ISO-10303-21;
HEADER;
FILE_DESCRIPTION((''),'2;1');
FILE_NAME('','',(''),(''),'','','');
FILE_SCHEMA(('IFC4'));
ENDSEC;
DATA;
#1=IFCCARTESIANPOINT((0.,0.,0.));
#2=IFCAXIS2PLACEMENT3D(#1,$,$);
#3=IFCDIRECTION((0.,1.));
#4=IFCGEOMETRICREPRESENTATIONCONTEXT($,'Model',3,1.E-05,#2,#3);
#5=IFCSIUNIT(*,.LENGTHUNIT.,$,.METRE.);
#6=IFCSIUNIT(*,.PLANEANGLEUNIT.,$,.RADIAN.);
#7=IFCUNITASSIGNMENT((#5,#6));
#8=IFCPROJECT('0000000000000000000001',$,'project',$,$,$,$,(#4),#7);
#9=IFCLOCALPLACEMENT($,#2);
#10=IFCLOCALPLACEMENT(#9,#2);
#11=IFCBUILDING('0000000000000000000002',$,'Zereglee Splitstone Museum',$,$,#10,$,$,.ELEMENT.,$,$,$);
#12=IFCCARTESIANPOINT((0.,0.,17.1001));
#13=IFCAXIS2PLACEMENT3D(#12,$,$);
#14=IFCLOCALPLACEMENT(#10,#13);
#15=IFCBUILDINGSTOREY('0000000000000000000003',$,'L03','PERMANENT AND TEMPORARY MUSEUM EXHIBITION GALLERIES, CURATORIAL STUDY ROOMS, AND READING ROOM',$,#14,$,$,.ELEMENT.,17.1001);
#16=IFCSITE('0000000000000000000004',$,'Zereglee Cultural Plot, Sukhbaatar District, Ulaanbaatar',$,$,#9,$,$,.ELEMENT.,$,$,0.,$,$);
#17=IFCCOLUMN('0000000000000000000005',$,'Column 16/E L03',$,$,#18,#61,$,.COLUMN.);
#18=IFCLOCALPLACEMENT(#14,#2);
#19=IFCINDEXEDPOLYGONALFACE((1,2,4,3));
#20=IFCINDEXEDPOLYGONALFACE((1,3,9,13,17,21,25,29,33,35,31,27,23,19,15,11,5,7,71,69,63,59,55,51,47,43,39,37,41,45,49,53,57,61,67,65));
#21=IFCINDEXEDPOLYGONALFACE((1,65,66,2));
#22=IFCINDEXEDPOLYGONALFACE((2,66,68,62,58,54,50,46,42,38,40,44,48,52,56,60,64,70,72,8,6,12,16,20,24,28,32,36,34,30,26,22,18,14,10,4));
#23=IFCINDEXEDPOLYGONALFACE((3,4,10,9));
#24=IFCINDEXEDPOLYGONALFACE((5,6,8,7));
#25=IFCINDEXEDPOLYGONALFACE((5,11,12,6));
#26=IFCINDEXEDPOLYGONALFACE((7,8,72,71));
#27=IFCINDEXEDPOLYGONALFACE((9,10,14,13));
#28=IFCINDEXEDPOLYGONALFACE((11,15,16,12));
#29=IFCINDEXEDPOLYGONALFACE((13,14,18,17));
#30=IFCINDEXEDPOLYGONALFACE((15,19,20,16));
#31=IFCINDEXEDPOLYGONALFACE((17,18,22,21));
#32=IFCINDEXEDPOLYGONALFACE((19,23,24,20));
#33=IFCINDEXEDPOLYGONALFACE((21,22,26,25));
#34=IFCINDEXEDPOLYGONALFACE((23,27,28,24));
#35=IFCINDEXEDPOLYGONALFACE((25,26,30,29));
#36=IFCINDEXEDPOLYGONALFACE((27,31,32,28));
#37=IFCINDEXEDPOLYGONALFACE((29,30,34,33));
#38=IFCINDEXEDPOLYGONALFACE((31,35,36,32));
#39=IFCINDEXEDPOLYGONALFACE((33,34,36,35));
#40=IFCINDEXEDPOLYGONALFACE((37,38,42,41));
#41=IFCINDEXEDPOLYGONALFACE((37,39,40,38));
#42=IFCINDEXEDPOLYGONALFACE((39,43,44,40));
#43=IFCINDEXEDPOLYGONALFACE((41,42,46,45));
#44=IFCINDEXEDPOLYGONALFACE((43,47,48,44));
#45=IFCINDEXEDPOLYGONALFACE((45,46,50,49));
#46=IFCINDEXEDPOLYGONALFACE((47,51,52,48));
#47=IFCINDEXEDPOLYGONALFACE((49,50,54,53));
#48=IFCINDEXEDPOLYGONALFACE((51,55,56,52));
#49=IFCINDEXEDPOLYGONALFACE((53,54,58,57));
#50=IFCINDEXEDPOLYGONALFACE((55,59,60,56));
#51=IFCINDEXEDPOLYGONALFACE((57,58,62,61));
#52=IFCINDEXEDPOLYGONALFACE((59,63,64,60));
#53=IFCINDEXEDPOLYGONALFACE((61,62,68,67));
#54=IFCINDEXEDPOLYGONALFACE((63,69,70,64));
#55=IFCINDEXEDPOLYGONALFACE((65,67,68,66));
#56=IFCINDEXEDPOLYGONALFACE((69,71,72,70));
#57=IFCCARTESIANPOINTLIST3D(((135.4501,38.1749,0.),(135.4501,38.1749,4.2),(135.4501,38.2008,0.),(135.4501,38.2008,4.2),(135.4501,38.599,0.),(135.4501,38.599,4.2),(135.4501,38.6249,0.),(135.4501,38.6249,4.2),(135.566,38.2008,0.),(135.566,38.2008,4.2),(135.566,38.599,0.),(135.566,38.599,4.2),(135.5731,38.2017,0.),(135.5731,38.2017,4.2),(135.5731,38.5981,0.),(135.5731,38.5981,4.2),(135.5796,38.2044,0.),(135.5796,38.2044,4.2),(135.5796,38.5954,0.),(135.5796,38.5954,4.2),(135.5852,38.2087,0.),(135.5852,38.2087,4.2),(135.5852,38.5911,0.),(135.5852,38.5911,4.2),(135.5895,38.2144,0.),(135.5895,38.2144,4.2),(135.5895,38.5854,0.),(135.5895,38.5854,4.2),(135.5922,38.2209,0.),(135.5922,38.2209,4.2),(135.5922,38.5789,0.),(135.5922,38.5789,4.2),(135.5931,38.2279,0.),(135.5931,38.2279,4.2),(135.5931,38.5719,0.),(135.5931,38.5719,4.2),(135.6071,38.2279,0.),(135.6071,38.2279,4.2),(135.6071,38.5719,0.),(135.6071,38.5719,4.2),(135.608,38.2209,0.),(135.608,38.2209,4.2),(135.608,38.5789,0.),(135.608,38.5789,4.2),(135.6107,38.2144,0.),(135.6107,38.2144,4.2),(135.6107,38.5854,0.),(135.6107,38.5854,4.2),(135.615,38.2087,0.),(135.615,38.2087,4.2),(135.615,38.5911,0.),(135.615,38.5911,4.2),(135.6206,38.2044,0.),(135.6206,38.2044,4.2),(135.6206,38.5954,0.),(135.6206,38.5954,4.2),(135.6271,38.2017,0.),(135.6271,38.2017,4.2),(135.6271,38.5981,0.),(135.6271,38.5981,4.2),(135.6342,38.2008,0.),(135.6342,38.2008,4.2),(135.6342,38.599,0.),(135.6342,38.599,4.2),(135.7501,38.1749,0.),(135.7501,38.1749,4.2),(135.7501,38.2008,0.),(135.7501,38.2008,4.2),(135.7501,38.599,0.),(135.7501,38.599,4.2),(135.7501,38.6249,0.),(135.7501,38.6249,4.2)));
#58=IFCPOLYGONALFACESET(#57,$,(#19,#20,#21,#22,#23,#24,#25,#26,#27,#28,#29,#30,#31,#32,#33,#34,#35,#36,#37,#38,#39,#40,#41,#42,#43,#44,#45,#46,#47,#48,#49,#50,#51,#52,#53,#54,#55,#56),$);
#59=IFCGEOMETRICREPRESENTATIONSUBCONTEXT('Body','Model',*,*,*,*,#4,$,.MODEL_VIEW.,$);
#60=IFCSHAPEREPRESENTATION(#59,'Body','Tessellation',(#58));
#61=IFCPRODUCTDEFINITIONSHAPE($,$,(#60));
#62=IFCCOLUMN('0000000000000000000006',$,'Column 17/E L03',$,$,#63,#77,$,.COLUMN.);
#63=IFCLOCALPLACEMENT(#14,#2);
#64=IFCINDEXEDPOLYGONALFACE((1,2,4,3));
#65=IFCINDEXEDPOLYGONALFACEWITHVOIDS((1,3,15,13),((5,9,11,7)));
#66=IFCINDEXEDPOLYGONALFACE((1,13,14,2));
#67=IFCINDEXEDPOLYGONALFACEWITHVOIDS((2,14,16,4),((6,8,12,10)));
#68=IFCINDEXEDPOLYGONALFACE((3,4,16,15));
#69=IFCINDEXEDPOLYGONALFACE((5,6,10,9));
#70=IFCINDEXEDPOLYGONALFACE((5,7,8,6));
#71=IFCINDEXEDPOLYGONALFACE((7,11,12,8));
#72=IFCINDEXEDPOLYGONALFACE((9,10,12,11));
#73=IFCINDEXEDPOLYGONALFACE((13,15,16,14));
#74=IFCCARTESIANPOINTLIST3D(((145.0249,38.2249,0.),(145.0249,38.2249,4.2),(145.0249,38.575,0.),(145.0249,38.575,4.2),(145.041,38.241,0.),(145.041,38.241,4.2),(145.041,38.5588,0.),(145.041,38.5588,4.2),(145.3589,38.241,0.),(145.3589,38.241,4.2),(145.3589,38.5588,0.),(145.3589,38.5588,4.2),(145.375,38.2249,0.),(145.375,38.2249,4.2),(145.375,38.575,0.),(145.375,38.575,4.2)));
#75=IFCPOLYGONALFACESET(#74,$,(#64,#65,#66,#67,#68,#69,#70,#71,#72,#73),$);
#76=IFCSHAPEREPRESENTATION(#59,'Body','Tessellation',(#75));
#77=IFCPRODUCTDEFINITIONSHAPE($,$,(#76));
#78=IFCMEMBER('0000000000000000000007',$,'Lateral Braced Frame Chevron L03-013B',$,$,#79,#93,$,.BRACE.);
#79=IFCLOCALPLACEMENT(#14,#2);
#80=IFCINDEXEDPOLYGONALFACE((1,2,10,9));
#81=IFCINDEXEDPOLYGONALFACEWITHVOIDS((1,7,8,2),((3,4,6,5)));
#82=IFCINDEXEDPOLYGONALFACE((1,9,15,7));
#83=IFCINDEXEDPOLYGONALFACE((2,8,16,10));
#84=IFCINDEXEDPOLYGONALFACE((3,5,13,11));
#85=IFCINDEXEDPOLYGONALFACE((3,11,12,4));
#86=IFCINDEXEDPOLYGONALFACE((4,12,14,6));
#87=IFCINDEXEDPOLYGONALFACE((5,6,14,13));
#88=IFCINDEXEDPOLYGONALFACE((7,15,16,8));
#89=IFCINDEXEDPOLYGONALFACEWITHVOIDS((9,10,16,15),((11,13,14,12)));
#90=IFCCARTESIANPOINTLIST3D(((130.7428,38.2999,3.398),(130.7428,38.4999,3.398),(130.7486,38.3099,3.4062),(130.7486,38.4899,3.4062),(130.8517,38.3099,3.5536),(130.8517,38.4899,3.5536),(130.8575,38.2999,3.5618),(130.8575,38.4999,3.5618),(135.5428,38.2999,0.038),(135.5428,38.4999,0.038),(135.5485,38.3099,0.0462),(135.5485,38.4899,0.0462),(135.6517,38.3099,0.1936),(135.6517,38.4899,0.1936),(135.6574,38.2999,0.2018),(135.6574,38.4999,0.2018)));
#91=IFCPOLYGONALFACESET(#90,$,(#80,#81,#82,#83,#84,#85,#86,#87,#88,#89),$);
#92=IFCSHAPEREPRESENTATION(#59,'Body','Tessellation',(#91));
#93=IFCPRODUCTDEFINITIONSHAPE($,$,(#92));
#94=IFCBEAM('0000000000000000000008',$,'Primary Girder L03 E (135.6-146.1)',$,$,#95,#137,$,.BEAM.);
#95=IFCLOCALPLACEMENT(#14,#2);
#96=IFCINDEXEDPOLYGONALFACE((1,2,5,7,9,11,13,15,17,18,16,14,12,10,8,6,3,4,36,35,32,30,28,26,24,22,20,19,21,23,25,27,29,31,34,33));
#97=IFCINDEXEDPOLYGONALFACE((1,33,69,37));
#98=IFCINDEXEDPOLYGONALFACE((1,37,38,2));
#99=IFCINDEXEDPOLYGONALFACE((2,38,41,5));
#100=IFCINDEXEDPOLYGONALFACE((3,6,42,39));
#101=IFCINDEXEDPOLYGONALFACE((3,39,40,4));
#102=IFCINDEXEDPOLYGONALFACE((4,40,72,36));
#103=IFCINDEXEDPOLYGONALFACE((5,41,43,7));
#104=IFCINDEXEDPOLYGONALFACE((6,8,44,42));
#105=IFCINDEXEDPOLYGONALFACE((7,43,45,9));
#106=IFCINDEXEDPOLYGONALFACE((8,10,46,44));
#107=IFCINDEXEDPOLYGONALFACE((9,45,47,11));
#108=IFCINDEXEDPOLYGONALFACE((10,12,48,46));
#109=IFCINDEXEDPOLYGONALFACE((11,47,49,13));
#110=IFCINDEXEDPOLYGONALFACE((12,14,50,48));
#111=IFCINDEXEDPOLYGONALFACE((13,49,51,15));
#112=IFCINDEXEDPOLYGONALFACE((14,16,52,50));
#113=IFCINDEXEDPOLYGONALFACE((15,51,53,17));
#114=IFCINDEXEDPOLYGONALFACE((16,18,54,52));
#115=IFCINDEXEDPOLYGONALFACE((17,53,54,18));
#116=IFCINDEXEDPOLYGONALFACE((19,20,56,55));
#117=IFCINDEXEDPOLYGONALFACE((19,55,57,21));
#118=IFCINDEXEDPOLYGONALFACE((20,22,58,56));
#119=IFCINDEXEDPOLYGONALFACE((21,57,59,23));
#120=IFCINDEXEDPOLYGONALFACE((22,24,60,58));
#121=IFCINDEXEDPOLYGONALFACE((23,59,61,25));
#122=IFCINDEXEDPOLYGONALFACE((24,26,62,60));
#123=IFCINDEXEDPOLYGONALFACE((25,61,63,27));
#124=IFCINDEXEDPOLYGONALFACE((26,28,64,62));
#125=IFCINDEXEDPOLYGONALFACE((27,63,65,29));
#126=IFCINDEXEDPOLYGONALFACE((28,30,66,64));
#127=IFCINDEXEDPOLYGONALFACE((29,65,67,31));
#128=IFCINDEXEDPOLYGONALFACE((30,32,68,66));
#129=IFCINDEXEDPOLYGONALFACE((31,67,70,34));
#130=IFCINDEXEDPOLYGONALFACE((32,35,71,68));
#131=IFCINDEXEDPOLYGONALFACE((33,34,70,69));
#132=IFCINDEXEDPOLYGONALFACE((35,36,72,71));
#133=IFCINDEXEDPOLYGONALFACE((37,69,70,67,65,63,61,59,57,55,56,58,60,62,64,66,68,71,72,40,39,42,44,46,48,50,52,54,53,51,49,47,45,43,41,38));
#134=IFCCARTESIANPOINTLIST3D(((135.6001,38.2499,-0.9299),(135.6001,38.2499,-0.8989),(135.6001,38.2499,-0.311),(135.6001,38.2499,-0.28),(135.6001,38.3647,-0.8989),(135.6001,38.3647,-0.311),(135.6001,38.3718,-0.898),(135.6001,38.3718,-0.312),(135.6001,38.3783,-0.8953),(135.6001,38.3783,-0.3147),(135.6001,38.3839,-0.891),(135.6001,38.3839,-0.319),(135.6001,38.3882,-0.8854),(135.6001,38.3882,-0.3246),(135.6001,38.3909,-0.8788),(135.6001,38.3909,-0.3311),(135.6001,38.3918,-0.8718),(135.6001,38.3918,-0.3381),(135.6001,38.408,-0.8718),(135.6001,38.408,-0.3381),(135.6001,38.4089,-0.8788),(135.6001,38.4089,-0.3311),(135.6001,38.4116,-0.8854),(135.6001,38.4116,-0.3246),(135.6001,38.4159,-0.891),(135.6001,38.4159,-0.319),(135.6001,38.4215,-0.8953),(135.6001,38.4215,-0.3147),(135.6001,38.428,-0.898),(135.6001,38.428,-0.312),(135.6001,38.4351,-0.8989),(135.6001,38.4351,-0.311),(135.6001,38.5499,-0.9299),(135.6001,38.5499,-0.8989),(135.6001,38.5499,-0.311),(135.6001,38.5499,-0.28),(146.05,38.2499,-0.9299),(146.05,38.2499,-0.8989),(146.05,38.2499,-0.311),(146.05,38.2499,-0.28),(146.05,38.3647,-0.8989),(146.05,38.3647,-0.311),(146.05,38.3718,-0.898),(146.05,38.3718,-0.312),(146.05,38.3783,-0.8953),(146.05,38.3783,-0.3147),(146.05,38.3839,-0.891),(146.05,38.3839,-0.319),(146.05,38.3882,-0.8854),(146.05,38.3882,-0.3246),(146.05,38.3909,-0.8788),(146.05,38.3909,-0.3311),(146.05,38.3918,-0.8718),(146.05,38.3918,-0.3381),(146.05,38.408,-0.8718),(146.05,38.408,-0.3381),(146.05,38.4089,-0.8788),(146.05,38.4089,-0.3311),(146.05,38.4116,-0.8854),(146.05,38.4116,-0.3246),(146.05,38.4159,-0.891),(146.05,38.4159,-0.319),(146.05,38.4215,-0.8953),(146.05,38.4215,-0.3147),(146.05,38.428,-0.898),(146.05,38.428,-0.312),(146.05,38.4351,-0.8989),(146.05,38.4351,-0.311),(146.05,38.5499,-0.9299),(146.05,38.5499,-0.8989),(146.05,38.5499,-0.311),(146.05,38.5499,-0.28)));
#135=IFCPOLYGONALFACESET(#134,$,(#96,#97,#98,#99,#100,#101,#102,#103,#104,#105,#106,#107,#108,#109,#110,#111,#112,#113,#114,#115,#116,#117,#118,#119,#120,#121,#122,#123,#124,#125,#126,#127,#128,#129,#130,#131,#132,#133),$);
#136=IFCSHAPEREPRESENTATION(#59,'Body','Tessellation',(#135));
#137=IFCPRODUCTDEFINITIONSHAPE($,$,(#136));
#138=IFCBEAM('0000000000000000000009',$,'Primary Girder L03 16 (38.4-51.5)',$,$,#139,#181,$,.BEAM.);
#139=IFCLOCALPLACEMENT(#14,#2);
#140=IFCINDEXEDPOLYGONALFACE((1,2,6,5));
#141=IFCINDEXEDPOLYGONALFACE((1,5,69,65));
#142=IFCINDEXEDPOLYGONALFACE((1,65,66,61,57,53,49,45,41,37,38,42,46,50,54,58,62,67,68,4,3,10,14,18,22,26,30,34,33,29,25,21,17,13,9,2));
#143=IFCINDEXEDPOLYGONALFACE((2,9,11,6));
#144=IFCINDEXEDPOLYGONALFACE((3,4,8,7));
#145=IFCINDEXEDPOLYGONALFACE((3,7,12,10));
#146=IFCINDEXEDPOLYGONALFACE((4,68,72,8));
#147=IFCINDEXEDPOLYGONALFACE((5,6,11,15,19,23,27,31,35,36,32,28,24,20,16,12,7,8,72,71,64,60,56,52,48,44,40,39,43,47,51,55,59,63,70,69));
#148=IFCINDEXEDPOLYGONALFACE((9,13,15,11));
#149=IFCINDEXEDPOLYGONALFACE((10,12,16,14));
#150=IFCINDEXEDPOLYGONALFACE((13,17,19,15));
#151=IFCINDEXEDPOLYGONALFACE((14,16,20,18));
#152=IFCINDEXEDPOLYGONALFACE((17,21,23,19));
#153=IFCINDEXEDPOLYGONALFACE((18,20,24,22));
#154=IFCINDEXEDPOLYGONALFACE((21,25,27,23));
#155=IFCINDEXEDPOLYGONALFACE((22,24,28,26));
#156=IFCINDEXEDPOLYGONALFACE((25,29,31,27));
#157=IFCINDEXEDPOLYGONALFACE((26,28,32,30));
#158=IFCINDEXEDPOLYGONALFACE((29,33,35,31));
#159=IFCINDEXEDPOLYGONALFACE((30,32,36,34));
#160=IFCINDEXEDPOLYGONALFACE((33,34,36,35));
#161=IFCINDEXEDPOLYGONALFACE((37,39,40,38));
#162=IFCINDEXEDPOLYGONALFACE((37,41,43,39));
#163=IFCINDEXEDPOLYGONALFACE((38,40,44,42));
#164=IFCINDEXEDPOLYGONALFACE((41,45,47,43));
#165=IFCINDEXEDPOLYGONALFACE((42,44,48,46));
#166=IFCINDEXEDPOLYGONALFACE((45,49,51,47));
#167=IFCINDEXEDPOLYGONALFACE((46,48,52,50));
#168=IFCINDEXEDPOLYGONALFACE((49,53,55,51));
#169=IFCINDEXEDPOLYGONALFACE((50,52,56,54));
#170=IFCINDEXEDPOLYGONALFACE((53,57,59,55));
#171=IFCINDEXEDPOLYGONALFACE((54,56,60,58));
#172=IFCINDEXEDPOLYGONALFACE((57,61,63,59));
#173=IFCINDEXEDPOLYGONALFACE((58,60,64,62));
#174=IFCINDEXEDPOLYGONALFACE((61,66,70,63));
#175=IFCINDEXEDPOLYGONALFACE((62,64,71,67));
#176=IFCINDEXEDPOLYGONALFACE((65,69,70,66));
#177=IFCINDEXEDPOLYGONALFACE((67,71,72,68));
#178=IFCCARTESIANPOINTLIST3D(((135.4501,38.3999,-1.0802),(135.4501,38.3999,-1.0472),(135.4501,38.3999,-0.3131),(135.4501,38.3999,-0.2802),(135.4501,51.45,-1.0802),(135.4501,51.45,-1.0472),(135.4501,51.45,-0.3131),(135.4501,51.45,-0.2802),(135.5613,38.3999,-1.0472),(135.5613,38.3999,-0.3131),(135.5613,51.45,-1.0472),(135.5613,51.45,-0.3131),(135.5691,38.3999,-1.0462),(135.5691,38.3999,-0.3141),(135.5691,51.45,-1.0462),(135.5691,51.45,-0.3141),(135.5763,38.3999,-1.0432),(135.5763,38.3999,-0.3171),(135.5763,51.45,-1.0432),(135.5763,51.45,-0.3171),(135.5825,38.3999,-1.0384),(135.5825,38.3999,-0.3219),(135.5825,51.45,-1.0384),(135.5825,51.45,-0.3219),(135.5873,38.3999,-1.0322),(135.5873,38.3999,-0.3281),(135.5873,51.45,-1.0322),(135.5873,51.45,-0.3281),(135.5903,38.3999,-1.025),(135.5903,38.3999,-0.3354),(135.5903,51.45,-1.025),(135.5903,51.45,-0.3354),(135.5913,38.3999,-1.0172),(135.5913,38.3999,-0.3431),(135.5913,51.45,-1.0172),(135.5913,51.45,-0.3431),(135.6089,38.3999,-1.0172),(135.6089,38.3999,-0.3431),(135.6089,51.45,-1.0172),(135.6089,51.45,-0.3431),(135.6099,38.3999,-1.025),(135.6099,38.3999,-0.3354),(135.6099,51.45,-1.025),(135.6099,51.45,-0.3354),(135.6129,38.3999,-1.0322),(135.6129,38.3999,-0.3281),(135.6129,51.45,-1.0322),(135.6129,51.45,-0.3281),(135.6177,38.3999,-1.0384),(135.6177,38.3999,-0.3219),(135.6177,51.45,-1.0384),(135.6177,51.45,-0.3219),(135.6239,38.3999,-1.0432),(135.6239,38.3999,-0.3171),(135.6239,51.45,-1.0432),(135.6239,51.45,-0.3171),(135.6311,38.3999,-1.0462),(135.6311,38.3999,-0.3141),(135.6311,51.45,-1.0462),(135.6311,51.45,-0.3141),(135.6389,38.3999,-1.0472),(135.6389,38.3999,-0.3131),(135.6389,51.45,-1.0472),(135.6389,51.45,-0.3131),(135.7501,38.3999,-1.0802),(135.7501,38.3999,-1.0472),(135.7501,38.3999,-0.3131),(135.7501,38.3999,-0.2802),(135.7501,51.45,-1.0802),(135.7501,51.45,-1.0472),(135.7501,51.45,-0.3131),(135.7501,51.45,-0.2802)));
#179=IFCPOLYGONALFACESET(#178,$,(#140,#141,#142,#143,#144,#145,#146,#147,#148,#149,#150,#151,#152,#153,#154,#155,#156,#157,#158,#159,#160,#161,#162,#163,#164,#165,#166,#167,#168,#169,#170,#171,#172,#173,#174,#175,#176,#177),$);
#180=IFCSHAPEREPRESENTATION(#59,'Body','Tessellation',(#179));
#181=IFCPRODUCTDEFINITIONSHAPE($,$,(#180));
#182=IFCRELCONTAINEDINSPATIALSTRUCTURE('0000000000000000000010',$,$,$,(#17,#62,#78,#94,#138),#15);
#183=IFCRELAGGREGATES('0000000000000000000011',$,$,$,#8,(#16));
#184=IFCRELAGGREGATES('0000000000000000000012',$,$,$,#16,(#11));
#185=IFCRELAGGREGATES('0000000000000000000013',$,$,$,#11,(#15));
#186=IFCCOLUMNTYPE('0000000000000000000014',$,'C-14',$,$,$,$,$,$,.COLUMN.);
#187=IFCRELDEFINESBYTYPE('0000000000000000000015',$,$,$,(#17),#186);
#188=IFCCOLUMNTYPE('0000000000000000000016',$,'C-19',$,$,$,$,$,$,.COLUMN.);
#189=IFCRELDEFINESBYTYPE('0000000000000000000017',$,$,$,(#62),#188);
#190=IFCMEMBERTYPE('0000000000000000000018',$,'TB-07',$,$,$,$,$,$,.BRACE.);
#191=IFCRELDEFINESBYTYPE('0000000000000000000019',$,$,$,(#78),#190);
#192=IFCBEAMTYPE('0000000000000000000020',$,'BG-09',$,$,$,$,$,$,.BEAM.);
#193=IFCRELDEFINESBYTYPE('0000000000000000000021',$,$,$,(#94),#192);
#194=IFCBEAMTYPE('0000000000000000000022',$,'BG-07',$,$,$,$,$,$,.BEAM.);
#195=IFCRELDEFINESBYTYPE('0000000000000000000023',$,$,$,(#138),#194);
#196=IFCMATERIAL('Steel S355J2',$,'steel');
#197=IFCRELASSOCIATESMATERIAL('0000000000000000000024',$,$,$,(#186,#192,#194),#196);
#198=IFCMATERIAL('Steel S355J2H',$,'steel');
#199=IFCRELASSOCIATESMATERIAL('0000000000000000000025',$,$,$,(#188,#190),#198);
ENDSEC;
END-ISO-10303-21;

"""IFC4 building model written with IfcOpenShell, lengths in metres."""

from ifc_helpers import new_model, si_unit, direction, frame, origin, origin_2d, place, context, subcontext, project, spatial, hollow_rectangle, i_section, extrude, material, material_profile, profile_set, type_object, element, save


model = new_model("IFC4")

# Units and contexts
model_context = context("Model", 3, precision=1e-05, world=origin(), true_north=direction((0.0, 1.0)))
body_context = subcontext(model_context, "Body", "Model", "MODEL_VIEW")
ifc_project = project(units=[si_unit("LENGTHUNIT", "METRE"), si_unit("PLANEANGLEUNIT", "RADIAN")], contexts=[model_context])

# Site, building, storey
site_placement = place(None, origin())
site = spatial("IfcSite", under=ifc_project, at=site_placement, Name="Zereglee Cultural Plot, Sukhbaatar District, Ulaanbaatar", CompositionType="ELEMENT", RefElevation=0.0)
building_placement = place(site_placement, origin())
building = spatial("IfcBuilding", under=site, at=building_placement, Name="Zereglee Splitstone Museum", CompositionType="ELEMENT")
storey_placement = place(building_placement, frame((0.0, 0.0, 17.1001)))
storey = spatial("IfcBuildingStorey", under=building, at=storey_placement, Name="L03", Description="PERMANENT AND TEMPORARY MUSEUM EXHIBITION GALLERIES, CURATORIAL STUDY ROOMS, AND READING ROOM", CompositionType="ELEMENT", Elevation=17.1001)

# Columns
ifc_material_1 = material(Name="Steel S355J2", Category="steel")
ifc_material_profile_1 = material_profile(ifc_material_1, i_section(OverallWidth=0.3, OverallDepth=0.45, WebThickness=0.0139, FlangeThickness=0.0259, FilletRadius=0.0271, at=origin_2d()), Name="HE 450 B")
ifc_profile_set_1 = profile_set([ifc_material_profile_1], Name="Steel S355J2")
column_type_1 = type_object("IfcColumnType", Name="C-14", PredefinedType="COLUMN", material=ifc_profile_set_1)
column_1_placement = place(storey_placement, frame((135.6001, 38.3999, 0.0), z_axis=(0.0, 0.0, 1.0), x_axis=(1.0, 0.0, 0.0)))
element("IfcColumn", 1, at=column_1_placement, inside=storey, type_object=column_type_1, Name="Column 16/E L03", PredefinedType="COLUMN", context=body_context, shape_type="SweptSolid", body=[
    extrude(i_section(OverallWidth=0.3, OverallDepth=0.45, WebThickness=0.0139, FlangeThickness=0.0259, FilletRadius=0.0271, at=origin_2d()), origin(), (0.0, 0.0, 1.0), 4.2),
])
ifc_material_2 = material(Name="Steel S355J2H", Category="steel")
ifc_material_profile_2 = material_profile(ifc_material_2, hollow_rectangle(XDim=0.3501, YDim=0.3501, WallThickness=0.0161, at=origin_2d()), Name="SHS 350x350x16")
ifc_profile_set_2 = profile_set([ifc_material_profile_2], Name="Steel S355J2H")
column_type_2 = type_object("IfcColumnType", Name="C-19", PredefinedType="COLUMN", material=ifc_profile_set_2)
column_2_placement = place(storey_placement, frame((145.2, 38.3999, 0.0), z_axis=(0.0, 0.0, 1.0), x_axis=(1.0, 0.0, 0.0)))
element("IfcColumn", 2, at=column_2_placement, inside=storey, type_object=column_type_2, Name="Column 17/E L03", PredefinedType="COLUMN", context=body_context, shape_type="SweptSolid", body=[
    extrude(hollow_rectangle(XDim=0.3501, YDim=0.3501, WallThickness=0.0161, at=origin_2d()), origin(), (0.0, 0.0, 1.0), 4.2),
])

# Member
ifc_material_profile_3 = material_profile(ifc_material_2, hollow_rectangle(XDim=0.2, YDim=0.2, WallThickness=0.01, at=origin_2d()), Name="SHS 200x200x10")
ifc_profile_set_3 = profile_set([ifc_material_profile_3], Name="Steel S355J2H")
member_type = type_object("IfcMemberType", Name="TB-07", PredefinedType="BRACE", material=ifc_profile_set_3)
member_placement = place(storey_placement, frame((135.6001, 38.3999, 0.1199), z_axis=(-0.819226, 0.0, 0.573471), x_axis=(0.0, -1.0, 0.0)))
element("IfcMember", 3, at=member_placement, inside=storey, type_object=member_type, Name="Lateral Braced Frame Chevron L03-013B", PredefinedType="BRACE", context=body_context, shape_type="SweptSolid", body=[
    extrude(hollow_rectangle(XDim=0.2, YDim=0.2, WallThickness=0.01, at=origin_2d()), origin(), (0.0, 0.0, 1.0), 5.8591),
])

# Beams
ifc_material_profile_4 = material_profile(ifc_material_1, i_section(OverallWidth=0.3, OverallDepth=0.6499, WebThickness=0.0161, FlangeThickness=0.031, FilletRadius=0.0271, at=origin_2d()), Name="HE 650 B")
ifc_profile_set_4 = profile_set([ifc_material_profile_4], Name="Steel S355J2")
beam_type_1 = type_object("IfcBeamType", Name="BG-09", PredefinedType="BEAM", material=ifc_profile_set_4)
beam_1_placement = place(storey_placement, frame((135.6001, 38.3999, -0.605), z_axis=(1.0, 0.0, 0.0), x_axis=(0.0, 1.0, 0.0)))
element("IfcBeam", 4, at=beam_1_placement, inside=storey, type_object=beam_type_1, Name="Primary Girder L03 E (135.6-146.1)", PredefinedType="BEAM", context=body_context, shape_type="SweptSolid", body=[
    extrude(i_section(OverallWidth=0.3, OverallDepth=0.6499, WebThickness=0.0161, FlangeThickness=0.031, FilletRadius=0.0271, at=origin_2d()), origin(), (0.0, 0.0, 1.0), 10.45),
])
ifc_material_profile_5 = material_profile(ifc_material_1, i_section(OverallWidth=0.3, OverallDepth=0.8, WebThickness=0.0176, FlangeThickness=0.033, FilletRadius=0.03, at=origin_2d()), Name="HE 800 B")
ifc_profile_set_5 = profile_set([ifc_material_profile_5], Name="Steel S355J2")
beam_type_2 = type_object("IfcBeamType", Name="BG-07", PredefinedType="BEAM", material=ifc_profile_set_5)
for number, where, z_axis, x_axis, name in (
    (5, (135.6001, 38.3999, -0.6802), (0.0, 1.0, 0.0), (-1.0, 0.0, 0.0), "Primary Girder L03 16 (38.4-51.5)"),
):
    element("IfcBeam", number, at=place(storey_placement, frame(where, z_axis=z_axis, x_axis=x_axis)), inside=storey, type_object=beam_type_2, Name=name, PredefinedType="BEAM", context=body_context, shape_type="SweptSolid", body=[
        extrude(i_section(OverallWidth=0.3, OverallDepth=0.8, WebThickness=0.0176, FlangeThickness=0.033, FilletRadius=0.03, at=origin_2d()), origin(), (0.0, 0.0, 1.0), 13.05),
    ])

save(model, "model.ifc")
